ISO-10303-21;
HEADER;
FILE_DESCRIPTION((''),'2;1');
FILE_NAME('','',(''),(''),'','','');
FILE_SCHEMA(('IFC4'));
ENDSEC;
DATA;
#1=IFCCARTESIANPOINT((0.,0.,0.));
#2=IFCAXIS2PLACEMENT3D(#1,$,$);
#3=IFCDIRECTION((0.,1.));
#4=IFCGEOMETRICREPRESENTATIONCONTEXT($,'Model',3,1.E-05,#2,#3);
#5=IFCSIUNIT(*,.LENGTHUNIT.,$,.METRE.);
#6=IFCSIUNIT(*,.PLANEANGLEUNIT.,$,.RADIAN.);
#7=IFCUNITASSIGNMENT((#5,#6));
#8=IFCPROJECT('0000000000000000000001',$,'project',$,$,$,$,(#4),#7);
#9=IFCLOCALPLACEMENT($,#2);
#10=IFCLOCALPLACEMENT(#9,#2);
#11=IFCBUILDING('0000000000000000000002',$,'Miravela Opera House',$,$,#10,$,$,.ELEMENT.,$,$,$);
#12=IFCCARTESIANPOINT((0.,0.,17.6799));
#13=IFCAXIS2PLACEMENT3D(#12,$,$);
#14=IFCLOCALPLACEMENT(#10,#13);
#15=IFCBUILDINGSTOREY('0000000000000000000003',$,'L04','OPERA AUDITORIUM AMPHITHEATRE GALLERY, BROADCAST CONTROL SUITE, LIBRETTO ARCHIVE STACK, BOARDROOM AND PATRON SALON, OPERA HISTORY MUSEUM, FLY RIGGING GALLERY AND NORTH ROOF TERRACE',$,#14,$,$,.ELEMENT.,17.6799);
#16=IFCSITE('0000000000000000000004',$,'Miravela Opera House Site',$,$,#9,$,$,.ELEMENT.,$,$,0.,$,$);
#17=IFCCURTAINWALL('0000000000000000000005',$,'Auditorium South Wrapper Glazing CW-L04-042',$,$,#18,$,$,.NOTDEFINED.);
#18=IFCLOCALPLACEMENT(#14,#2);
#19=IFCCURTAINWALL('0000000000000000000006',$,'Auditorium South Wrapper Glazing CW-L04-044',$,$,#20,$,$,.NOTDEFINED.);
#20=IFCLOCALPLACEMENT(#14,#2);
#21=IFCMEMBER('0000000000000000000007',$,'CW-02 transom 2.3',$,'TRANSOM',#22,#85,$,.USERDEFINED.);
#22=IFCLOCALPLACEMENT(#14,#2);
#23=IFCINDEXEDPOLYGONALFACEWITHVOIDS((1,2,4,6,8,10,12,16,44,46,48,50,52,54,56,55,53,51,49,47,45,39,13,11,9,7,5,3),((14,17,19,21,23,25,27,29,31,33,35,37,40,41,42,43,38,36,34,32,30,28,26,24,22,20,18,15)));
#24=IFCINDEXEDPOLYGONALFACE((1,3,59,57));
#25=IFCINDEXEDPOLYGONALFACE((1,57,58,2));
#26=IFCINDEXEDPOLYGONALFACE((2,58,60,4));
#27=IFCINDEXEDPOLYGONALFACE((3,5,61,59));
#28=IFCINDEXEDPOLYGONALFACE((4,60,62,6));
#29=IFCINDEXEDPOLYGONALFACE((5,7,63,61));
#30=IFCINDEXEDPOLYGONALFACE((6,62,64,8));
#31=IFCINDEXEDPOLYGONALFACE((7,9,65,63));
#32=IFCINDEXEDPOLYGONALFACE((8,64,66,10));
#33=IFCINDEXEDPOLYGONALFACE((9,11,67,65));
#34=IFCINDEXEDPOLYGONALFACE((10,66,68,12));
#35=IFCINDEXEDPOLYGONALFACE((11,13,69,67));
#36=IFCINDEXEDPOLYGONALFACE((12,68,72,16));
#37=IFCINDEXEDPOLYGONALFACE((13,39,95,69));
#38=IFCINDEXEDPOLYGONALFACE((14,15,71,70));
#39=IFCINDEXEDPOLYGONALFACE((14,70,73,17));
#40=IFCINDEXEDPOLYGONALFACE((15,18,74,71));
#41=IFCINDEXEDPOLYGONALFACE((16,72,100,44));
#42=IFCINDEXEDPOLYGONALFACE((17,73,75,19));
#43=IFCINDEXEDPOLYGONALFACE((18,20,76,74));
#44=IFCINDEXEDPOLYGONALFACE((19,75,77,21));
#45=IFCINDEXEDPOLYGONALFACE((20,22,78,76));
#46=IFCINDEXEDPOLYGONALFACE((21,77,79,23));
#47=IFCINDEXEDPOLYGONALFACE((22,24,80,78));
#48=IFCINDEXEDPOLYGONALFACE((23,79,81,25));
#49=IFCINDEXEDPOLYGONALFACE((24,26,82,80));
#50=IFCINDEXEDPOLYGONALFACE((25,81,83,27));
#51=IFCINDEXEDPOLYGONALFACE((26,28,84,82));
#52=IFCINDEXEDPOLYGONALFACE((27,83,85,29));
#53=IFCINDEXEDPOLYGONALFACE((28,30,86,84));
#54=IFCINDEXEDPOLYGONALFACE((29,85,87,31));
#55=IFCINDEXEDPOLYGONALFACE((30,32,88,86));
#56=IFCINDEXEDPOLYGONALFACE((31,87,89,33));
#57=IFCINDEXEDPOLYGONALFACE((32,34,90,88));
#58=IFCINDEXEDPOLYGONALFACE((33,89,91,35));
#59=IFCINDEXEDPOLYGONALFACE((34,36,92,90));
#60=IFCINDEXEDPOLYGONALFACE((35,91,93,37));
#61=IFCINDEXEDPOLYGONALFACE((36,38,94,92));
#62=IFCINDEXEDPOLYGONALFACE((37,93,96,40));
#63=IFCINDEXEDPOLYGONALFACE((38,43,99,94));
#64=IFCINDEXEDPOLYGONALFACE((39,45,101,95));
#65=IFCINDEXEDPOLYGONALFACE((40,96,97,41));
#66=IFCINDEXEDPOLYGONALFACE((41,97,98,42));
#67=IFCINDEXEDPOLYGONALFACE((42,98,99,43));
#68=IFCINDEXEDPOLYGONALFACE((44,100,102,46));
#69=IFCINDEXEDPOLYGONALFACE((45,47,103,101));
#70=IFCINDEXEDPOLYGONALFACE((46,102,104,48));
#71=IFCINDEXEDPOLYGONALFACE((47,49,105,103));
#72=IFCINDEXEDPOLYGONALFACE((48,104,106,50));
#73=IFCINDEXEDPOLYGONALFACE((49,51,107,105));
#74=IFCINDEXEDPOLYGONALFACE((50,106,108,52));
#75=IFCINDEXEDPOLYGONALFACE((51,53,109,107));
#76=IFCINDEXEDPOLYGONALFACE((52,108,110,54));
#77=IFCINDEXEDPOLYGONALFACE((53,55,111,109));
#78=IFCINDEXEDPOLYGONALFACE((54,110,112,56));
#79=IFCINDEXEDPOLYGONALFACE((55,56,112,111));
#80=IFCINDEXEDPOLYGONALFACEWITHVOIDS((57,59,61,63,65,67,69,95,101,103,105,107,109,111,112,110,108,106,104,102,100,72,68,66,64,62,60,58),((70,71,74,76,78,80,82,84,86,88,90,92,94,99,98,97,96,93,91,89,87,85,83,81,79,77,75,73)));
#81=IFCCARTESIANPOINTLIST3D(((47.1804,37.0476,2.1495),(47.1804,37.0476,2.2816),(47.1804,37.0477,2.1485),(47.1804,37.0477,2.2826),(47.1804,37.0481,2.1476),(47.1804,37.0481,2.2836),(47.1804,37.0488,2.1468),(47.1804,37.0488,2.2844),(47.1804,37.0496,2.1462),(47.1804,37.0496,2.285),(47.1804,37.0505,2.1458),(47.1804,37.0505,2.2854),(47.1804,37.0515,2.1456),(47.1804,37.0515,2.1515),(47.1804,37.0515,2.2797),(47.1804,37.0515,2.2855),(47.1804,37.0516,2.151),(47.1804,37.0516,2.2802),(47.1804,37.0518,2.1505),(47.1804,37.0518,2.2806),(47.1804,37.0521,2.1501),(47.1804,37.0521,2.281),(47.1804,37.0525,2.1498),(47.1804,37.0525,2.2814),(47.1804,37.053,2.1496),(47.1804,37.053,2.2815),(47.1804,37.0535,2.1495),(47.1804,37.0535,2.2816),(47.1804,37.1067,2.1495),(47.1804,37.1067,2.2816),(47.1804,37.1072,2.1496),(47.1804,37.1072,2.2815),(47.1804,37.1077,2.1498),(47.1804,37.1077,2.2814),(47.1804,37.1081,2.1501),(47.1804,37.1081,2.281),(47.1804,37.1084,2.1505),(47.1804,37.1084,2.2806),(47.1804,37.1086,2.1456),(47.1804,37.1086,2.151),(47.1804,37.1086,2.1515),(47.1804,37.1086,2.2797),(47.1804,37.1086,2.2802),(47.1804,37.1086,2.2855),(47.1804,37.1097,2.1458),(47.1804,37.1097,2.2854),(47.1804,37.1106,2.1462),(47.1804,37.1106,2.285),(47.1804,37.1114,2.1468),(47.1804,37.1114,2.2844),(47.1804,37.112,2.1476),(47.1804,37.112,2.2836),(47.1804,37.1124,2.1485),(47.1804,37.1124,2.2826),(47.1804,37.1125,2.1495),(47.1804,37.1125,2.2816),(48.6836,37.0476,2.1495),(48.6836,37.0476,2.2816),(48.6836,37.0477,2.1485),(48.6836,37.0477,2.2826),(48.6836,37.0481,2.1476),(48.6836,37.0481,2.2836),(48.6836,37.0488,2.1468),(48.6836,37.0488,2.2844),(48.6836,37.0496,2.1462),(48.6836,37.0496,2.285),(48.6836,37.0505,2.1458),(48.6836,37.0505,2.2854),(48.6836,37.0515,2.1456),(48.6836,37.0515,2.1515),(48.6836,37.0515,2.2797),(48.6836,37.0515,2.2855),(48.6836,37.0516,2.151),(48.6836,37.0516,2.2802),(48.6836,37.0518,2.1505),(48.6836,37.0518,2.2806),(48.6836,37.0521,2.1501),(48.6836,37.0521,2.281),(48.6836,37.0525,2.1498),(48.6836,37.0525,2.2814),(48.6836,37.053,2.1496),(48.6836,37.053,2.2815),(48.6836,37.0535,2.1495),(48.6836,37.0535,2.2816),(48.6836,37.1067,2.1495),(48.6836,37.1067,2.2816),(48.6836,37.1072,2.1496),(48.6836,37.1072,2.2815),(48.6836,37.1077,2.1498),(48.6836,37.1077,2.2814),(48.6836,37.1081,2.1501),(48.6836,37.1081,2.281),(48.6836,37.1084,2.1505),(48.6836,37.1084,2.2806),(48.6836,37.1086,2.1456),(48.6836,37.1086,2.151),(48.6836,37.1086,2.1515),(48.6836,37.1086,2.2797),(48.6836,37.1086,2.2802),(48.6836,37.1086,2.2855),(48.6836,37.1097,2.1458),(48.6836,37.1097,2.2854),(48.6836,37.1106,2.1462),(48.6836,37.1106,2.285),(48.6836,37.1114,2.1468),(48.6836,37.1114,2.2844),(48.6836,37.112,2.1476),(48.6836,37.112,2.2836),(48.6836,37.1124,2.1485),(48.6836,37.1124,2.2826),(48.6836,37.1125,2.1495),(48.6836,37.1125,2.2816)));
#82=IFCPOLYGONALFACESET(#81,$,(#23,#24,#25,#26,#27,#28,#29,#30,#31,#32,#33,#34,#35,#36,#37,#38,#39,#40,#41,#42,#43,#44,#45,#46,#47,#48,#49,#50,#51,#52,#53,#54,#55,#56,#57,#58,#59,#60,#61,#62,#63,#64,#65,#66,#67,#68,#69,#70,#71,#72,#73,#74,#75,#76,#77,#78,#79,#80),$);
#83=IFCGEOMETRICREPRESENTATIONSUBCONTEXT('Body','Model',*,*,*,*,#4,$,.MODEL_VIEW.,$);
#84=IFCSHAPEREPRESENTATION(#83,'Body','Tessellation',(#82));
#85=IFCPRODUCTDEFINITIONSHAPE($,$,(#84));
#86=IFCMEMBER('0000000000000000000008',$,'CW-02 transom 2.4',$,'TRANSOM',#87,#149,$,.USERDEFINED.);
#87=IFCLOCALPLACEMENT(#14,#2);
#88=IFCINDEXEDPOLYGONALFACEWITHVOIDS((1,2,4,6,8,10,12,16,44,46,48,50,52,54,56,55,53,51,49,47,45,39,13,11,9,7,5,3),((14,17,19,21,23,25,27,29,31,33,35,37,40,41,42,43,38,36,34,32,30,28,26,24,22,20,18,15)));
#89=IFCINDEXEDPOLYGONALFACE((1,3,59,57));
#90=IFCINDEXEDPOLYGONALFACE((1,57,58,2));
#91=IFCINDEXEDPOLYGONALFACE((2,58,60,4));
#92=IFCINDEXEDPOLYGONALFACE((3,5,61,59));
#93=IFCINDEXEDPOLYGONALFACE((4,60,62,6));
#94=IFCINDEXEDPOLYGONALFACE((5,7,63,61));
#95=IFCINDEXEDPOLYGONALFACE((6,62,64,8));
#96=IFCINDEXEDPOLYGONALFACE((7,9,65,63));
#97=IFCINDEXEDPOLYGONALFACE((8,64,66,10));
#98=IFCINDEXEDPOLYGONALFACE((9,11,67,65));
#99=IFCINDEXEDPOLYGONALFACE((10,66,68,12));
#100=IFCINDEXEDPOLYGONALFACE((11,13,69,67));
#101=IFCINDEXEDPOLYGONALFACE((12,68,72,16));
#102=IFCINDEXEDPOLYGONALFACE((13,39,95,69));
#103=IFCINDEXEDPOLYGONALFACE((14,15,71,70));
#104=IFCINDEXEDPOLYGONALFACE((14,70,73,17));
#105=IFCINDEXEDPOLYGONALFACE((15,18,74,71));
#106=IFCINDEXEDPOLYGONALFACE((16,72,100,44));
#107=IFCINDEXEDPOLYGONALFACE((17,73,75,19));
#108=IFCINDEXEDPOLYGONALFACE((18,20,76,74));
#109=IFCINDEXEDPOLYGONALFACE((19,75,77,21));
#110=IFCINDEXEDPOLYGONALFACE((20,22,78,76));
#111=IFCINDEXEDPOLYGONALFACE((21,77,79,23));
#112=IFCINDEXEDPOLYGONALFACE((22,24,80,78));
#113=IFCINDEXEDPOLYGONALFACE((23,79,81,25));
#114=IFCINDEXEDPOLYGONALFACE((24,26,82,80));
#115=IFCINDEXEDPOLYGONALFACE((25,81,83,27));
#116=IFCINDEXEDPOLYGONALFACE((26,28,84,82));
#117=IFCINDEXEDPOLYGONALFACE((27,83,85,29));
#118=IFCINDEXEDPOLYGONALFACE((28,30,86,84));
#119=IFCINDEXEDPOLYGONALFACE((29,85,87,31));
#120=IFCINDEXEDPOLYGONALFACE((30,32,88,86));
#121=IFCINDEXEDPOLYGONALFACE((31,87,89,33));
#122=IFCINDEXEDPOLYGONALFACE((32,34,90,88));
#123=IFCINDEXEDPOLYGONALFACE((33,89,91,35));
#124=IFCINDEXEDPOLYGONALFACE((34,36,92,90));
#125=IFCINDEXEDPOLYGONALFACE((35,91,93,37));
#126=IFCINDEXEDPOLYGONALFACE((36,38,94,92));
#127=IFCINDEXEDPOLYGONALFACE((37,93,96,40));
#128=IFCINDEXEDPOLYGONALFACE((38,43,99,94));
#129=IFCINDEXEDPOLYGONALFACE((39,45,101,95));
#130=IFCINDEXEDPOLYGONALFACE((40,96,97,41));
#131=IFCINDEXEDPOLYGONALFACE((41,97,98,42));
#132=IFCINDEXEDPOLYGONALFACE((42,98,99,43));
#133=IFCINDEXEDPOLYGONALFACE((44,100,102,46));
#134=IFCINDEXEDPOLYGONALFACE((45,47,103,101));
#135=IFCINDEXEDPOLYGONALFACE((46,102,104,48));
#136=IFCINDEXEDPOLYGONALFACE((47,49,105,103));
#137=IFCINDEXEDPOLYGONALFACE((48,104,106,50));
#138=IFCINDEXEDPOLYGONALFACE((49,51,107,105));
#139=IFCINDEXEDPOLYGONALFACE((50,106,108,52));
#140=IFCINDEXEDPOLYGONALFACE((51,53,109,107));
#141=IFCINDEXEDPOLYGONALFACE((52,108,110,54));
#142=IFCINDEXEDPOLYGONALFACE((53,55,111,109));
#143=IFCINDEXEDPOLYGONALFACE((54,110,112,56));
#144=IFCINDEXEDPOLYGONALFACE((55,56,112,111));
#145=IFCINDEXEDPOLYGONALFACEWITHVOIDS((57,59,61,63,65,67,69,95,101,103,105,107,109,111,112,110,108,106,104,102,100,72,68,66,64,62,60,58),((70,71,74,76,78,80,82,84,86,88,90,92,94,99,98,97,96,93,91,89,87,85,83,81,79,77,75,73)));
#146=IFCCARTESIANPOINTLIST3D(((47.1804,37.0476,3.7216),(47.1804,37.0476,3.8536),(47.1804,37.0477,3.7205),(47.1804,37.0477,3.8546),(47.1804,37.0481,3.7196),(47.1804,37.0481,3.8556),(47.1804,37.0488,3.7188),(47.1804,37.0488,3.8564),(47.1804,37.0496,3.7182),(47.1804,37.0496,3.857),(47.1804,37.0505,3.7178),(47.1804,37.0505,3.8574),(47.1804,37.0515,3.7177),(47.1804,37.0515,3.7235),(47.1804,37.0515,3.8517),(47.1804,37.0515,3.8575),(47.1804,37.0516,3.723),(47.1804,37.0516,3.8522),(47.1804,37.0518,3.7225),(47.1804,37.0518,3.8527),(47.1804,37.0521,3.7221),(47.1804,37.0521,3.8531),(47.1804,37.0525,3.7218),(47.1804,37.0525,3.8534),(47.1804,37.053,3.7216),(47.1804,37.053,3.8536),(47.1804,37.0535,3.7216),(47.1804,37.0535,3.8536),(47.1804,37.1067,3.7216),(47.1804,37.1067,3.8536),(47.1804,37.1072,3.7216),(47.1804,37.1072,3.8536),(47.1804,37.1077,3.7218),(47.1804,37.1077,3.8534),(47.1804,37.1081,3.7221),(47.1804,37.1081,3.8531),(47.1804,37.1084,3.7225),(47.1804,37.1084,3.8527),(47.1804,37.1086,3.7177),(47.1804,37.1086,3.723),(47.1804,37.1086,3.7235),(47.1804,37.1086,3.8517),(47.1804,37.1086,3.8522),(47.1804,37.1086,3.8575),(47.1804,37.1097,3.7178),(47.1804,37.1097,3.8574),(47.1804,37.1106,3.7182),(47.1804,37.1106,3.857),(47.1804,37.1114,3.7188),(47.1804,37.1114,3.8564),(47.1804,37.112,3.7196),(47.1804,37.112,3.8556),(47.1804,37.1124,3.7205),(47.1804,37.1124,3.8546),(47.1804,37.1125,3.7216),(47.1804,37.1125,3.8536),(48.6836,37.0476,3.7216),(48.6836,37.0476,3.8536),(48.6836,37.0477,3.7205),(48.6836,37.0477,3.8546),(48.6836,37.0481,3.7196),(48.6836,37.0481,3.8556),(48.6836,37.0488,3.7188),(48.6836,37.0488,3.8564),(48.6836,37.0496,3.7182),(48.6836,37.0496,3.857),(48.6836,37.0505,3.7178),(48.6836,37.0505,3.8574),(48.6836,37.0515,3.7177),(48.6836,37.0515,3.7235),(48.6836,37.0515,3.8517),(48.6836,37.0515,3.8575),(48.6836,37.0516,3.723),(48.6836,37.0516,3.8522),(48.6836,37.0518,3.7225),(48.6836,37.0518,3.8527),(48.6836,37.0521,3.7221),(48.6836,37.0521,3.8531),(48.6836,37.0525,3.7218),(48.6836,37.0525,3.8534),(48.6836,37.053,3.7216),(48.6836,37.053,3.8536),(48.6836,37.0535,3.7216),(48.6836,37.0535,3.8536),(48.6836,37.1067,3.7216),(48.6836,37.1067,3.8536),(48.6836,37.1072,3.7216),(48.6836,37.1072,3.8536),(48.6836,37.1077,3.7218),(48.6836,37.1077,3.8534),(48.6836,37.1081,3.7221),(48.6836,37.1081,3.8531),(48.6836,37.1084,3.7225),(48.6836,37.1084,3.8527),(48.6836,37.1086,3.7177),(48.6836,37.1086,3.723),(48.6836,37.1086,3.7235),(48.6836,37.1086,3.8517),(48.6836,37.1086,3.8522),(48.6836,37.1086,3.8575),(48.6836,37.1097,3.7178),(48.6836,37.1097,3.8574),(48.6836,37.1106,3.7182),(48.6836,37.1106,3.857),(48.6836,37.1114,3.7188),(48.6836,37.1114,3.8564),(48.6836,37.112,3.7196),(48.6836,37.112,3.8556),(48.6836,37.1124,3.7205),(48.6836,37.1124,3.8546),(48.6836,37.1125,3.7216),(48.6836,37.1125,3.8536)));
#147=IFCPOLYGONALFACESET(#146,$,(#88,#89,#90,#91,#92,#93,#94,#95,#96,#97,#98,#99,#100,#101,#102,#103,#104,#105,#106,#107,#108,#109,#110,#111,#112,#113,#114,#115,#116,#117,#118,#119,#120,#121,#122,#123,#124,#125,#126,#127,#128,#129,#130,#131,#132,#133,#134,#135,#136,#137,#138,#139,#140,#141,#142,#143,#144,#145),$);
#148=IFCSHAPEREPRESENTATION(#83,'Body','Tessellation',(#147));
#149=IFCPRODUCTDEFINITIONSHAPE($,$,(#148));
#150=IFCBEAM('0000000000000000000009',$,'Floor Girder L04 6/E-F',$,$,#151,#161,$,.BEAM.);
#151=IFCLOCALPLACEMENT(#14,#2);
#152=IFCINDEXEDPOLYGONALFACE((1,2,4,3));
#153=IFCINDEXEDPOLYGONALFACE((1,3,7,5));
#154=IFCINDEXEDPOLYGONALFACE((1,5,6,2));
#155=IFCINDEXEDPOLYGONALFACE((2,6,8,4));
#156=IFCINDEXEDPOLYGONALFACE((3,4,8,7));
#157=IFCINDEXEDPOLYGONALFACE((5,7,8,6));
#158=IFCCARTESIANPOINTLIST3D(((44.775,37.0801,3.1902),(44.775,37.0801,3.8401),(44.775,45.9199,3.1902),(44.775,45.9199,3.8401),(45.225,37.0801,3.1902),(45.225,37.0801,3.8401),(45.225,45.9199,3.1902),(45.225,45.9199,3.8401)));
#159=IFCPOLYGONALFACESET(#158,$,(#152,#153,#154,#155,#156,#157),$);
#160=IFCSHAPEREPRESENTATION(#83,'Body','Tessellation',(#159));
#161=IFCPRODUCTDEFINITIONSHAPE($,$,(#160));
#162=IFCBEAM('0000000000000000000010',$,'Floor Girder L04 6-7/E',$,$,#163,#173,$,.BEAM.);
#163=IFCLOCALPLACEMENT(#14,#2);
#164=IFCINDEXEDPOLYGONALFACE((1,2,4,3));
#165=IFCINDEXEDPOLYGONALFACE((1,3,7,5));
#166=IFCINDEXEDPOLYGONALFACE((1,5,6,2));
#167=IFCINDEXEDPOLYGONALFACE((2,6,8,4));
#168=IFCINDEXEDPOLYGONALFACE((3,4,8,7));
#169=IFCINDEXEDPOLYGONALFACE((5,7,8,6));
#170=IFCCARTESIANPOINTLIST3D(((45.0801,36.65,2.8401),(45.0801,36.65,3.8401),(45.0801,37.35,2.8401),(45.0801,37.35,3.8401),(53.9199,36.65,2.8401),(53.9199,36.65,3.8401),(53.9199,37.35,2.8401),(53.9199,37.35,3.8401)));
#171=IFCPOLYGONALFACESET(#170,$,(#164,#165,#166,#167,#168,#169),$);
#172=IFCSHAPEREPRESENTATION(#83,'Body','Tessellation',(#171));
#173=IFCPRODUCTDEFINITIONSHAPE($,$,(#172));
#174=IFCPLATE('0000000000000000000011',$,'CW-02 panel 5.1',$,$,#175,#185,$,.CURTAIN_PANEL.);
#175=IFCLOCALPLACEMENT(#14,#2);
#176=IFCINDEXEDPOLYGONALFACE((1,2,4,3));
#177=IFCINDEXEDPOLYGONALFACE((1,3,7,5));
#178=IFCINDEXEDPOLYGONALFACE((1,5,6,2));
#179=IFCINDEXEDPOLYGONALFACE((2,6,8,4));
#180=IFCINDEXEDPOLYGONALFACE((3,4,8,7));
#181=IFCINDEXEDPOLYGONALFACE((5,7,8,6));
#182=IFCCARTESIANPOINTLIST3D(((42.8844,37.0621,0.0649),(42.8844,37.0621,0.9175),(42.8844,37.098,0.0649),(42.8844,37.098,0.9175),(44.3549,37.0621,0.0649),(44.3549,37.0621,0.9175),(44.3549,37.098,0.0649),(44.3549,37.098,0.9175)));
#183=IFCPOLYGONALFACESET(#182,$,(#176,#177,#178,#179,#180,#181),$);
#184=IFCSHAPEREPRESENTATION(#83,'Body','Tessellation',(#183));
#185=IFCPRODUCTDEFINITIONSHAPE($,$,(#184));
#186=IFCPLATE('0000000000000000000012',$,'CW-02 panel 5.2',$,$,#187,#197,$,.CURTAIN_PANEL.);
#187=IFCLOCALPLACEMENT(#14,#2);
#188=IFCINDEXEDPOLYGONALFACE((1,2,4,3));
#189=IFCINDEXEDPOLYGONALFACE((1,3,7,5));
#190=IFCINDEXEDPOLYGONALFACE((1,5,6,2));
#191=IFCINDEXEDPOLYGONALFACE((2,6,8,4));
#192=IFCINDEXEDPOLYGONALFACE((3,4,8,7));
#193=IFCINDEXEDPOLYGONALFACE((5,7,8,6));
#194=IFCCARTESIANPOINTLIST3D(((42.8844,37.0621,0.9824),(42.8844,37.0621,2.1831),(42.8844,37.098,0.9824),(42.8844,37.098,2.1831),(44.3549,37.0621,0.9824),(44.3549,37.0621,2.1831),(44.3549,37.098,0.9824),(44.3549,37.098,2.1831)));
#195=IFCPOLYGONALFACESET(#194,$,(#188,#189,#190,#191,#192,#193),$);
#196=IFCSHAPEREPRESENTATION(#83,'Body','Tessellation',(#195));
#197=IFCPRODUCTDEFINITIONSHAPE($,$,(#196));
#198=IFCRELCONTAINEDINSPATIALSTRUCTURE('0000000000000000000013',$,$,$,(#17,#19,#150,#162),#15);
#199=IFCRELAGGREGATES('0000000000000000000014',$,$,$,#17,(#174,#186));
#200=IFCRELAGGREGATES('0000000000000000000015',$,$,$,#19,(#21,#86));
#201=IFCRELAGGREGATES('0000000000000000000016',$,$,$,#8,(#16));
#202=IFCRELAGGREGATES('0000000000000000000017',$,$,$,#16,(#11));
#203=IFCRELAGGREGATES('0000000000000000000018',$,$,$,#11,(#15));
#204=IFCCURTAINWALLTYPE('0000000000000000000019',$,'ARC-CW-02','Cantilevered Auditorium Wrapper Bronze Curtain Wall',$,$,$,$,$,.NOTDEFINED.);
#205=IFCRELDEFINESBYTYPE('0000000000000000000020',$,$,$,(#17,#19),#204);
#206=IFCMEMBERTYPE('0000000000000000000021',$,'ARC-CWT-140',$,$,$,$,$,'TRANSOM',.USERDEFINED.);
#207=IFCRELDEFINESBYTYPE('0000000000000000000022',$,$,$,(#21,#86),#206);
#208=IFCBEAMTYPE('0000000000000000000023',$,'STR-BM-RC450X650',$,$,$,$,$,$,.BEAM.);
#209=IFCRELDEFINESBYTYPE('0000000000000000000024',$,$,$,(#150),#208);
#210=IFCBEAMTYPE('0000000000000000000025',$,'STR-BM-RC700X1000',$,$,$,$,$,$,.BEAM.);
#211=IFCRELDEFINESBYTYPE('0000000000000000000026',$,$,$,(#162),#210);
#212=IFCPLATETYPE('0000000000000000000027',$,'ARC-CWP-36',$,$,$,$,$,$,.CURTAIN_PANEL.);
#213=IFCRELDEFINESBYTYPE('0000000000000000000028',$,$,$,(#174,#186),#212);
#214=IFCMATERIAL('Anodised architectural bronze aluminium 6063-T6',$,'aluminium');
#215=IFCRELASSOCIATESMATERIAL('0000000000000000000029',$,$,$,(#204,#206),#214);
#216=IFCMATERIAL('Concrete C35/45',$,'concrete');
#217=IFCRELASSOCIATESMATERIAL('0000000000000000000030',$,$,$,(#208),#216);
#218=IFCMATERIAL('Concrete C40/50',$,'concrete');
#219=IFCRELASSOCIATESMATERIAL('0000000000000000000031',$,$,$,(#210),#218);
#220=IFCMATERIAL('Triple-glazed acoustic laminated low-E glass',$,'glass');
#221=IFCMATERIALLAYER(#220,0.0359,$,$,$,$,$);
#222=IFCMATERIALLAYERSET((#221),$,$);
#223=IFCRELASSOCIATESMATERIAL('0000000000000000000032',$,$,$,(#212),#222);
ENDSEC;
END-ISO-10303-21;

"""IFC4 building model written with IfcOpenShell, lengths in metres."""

from ifc_helpers import new_model, si_unit, direction, frame, origin, origin_2d, place, context, subcontext, project, spatial, rectangle, hollow_rectangle, extrude, material, layer, layer_set, material_profile, profile_set, type_object, element, aggregate, save


model = new_model("IFC4")

# Units and contexts
model_context = context("Model", 3, precision=1e-05, world=origin(), true_north=direction((0.0, 1.0)))
body_context = subcontext(model_context, "Body", "Model", "MODEL_VIEW")
ifc_project = project(units=[si_unit("LENGTHUNIT", "METRE"), si_unit("PLANEANGLEUNIT", "RADIAN")], contexts=[model_context])

# Site, building, storey
site_placement = place(None, origin())
site = spatial("IfcSite", under=ifc_project, at=site_placement, Name="Miravela Opera House Site", CompositionType="ELEMENT", RefElevation=0.0)
building_placement = place(site_placement, origin())
building = spatial("IfcBuilding", under=site, at=building_placement, Name="Miravela Opera House", CompositionType="ELEMENT")
storey_placement = place(building_placement, frame((0.0, 0.0, 17.6799)))
storey = spatial("IfcBuildingStorey", under=building, at=storey_placement, Name="L04", Description="OPERA AUDITORIUM AMPHITHEATRE GALLERY, BROADCAST CONTROL SUITE, LIBRETTO ARCHIVE STACK, BOARDROOM AND PATRON SALON, OPERA HISTORY MUSEUM, FLY RIGGING GALLERY AND NORTH ROOF TERRACE", CompositionType="ELEMENT", Elevation=17.6799)

# Shared definitions
ifc_material_1 = material(Name="Concrete C35/45", Category="concrete")

# Curtain walls
ifc_material_2 = material(Name="Anodised architectural bronze aluminium 6063-T6", Category="aluminium")
curtain_wall_type = type_object("IfcCurtainWallType", Name="ARC-CW-02", Description="Cantilevered Auditorium Wrapper Bronze Curtain Wall", PredefinedType="NOTDEFINED", material=ifc_material_2)
curtain_wall_1_placement = place(storey_placement, origin())
curtain_wall_1 = element("IfcCurtainWall", 1, at=curtain_wall_1_placement, inside=storey, type_object=curtain_wall_type, Name="Auditorium South Wrapper Glazing CW-L04-042", PredefinedType="NOTDEFINED")
curtain_wall_2_placement = place(storey_placement, origin())
curtain_wall_2 = element("IfcCurtainWall", 2, at=curtain_wall_2_placement, inside=storey, type_object=curtain_wall_type, Name="Auditorium South Wrapper Glazing CW-L04-044", PredefinedType="NOTDEFINED")

# Members
ifc_material_profile_1 = material_profile(ifc_material_2, hollow_rectangle(XDim=0.0649, YDim=0.1399, WallThickness=0.0039, InnerFilletRadius=0.002, OuterFilletRadius=0.0039, at=origin_2d()), Name="CWT-65X140")
ifc_profile_set_1 = profile_set([ifc_material_profile_1])
member_type_1 = type_object("IfcMemberType", Name="ARC-CWT-140", ElementType="TRANSOM", PredefinedType="USERDEFINED", material=ifc_profile_set_1)
member_1_placement = place(storey_placement, frame((47.1804, 37.0801, 2.2156), z_axis=(1.0, 0.0, 0.0), x_axis=(0.0, 1.0, 0.0)))
member_1 = element("IfcMember", 3, at=member_1_placement, type_object=member_type_1, Name="CW-02 transom 2.3", ObjectType="TRANSOM", PredefinedType="USERDEFINED", context=body_context, shape_type="SweptSolid", body=[
    extrude(hollow_rectangle(XDim=0.0649, YDim=0.1399, WallThickness=0.0039, InnerFilletRadius=0.002, OuterFilletRadius=0.0039, at=origin_2d()), origin(), (0.0, 0.0, 1.0), 1.5032),
])
member_2_placement = place(storey_placement, frame((47.1804, 37.0801, 3.7876), z_axis=(1.0, 0.0, 0.0), x_axis=(0.0, 1.0, 0.0)))
member_2 = element("IfcMember", 4, at=member_2_placement, type_object=member_type_1, Name="CW-02 transom 2.4", ObjectType="TRANSOM", PredefinedType="USERDEFINED", context=body_context, shape_type="SweptSolid", body=[
    extrude(hollow_rectangle(XDim=0.0649, YDim=0.1399, WallThickness=0.0039, InnerFilletRadius=0.002, OuterFilletRadius=0.0039, at=origin_2d()), origin(), (0.0, 0.0, 1.0), 1.5032),
])

# Beams
ifc_material_profile_2 = material_profile(ifc_material_1, rectangle(XDim=0.45, YDim=0.6499, at=origin_2d()), Name="RC-BM-450X650")
ifc_profile_set_2 = profile_set([ifc_material_profile_2])
beam_type_1 = type_object("IfcBeamType", Name="STR-BM-RC450X650", PredefinedType="BEAM", material=ifc_profile_set_2)
beam_1_placement = place(storey_placement, frame((45.0, 37.0801, 3.5151), z_axis=(0.0, 1.0, 0.0), x_axis=(-1.0, 0.0, 0.0)))
element("IfcBeam", 5, at=beam_1_placement, inside=storey, type_object=beam_type_1, Name="Floor Girder L04 6/E-F", PredefinedType="BEAM", context=body_context, shape_type="SweptSolid", body=[
    extrude(rectangle(XDim=0.45, YDim=0.6499, at=origin_2d()), origin(), (0.0, 0.0, 1.0), 8.8398),
])
ifc_material_3 = material(Name="Concrete C40/50", Category="concrete")
ifc_material_profile_3 = material_profile(ifc_material_3, rectangle(XDim=0.7, YDim=1.0, at=origin_2d()), Name="RC-BM-700X1000")
ifc_profile_set_3 = profile_set([ifc_material_profile_3])
beam_type_2 = type_object("IfcBeamType", Name="STR-BM-RC700X1000", PredefinedType="BEAM", material=ifc_profile_set_3)
beam_2_placement = place(storey_placement, frame((45.0801, 37.0, 3.3401), z_axis=(1.0, 0.0, 0.0), x_axis=(0.0, 1.0, 0.0)))
element("IfcBeam", 6, at=beam_2_placement, inside=storey, type_object=beam_type_2, Name="Floor Girder L04 6-7/E", PredefinedType="BEAM", context=body_context, shape_type="SweptSolid", body=[
    extrude(rectangle(XDim=0.7, YDim=1.0, at=origin_2d()), origin(), (0.0, 0.0, 1.0), 8.8398),
])

# Plates
ifc_material_4 = material(Name="Triple-glazed acoustic laminated low-E glass", Category="glass")
ifc_layer = layer(ifc_material_4, 0.0359)
ifc_layer_set = layer_set([ifc_layer])
plate_type = type_object("IfcPlateType", Name="ARC-CWP-36", PredefinedType="CURTAIN_PANEL", material=ifc_layer_set)
plate_1_placement = place(storey_placement, frame((43.6196, 37.0801, 0.0649), z_axis=(0.0, 0.0, 1.0), x_axis=(1.0, 0.0, 0.0)))
plate_1 = element("IfcPlate", 7, at=plate_1_placement, type_object=plate_type, Name="CW-02 panel 5.1", PredefinedType="CURTAIN_PANEL", context=body_context, shape_type="SweptSolid", body=[
    extrude(rectangle(XDim=1.4705, YDim=0.0359, at=origin_2d()), origin(), (0.0, 0.0, 1.0), 0.8525),
])
plate_2_placement = place(storey_placement, frame((43.6196, 37.0801, 0.9824), z_axis=(0.0, 0.0, 1.0), x_axis=(1.0, 0.0, 0.0)))
plate_2 = element("IfcPlate", 8, at=plate_2_placement, type_object=plate_type, Name="CW-02 panel 5.2", PredefinedType="CURTAIN_PANEL", context=body_context, shape_type="SweptSolid", body=[
    extrude(rectangle(XDim=1.4705, YDim=0.0359, at=origin_2d()), origin(), (0.0, 0.0, 1.0), 1.2007),
])
aggregate(curtain_wall_1, [plate_1, plate_2])
aggregate(curtain_wall_2, [member_1, member_2])

save(model, "model.ifc")
